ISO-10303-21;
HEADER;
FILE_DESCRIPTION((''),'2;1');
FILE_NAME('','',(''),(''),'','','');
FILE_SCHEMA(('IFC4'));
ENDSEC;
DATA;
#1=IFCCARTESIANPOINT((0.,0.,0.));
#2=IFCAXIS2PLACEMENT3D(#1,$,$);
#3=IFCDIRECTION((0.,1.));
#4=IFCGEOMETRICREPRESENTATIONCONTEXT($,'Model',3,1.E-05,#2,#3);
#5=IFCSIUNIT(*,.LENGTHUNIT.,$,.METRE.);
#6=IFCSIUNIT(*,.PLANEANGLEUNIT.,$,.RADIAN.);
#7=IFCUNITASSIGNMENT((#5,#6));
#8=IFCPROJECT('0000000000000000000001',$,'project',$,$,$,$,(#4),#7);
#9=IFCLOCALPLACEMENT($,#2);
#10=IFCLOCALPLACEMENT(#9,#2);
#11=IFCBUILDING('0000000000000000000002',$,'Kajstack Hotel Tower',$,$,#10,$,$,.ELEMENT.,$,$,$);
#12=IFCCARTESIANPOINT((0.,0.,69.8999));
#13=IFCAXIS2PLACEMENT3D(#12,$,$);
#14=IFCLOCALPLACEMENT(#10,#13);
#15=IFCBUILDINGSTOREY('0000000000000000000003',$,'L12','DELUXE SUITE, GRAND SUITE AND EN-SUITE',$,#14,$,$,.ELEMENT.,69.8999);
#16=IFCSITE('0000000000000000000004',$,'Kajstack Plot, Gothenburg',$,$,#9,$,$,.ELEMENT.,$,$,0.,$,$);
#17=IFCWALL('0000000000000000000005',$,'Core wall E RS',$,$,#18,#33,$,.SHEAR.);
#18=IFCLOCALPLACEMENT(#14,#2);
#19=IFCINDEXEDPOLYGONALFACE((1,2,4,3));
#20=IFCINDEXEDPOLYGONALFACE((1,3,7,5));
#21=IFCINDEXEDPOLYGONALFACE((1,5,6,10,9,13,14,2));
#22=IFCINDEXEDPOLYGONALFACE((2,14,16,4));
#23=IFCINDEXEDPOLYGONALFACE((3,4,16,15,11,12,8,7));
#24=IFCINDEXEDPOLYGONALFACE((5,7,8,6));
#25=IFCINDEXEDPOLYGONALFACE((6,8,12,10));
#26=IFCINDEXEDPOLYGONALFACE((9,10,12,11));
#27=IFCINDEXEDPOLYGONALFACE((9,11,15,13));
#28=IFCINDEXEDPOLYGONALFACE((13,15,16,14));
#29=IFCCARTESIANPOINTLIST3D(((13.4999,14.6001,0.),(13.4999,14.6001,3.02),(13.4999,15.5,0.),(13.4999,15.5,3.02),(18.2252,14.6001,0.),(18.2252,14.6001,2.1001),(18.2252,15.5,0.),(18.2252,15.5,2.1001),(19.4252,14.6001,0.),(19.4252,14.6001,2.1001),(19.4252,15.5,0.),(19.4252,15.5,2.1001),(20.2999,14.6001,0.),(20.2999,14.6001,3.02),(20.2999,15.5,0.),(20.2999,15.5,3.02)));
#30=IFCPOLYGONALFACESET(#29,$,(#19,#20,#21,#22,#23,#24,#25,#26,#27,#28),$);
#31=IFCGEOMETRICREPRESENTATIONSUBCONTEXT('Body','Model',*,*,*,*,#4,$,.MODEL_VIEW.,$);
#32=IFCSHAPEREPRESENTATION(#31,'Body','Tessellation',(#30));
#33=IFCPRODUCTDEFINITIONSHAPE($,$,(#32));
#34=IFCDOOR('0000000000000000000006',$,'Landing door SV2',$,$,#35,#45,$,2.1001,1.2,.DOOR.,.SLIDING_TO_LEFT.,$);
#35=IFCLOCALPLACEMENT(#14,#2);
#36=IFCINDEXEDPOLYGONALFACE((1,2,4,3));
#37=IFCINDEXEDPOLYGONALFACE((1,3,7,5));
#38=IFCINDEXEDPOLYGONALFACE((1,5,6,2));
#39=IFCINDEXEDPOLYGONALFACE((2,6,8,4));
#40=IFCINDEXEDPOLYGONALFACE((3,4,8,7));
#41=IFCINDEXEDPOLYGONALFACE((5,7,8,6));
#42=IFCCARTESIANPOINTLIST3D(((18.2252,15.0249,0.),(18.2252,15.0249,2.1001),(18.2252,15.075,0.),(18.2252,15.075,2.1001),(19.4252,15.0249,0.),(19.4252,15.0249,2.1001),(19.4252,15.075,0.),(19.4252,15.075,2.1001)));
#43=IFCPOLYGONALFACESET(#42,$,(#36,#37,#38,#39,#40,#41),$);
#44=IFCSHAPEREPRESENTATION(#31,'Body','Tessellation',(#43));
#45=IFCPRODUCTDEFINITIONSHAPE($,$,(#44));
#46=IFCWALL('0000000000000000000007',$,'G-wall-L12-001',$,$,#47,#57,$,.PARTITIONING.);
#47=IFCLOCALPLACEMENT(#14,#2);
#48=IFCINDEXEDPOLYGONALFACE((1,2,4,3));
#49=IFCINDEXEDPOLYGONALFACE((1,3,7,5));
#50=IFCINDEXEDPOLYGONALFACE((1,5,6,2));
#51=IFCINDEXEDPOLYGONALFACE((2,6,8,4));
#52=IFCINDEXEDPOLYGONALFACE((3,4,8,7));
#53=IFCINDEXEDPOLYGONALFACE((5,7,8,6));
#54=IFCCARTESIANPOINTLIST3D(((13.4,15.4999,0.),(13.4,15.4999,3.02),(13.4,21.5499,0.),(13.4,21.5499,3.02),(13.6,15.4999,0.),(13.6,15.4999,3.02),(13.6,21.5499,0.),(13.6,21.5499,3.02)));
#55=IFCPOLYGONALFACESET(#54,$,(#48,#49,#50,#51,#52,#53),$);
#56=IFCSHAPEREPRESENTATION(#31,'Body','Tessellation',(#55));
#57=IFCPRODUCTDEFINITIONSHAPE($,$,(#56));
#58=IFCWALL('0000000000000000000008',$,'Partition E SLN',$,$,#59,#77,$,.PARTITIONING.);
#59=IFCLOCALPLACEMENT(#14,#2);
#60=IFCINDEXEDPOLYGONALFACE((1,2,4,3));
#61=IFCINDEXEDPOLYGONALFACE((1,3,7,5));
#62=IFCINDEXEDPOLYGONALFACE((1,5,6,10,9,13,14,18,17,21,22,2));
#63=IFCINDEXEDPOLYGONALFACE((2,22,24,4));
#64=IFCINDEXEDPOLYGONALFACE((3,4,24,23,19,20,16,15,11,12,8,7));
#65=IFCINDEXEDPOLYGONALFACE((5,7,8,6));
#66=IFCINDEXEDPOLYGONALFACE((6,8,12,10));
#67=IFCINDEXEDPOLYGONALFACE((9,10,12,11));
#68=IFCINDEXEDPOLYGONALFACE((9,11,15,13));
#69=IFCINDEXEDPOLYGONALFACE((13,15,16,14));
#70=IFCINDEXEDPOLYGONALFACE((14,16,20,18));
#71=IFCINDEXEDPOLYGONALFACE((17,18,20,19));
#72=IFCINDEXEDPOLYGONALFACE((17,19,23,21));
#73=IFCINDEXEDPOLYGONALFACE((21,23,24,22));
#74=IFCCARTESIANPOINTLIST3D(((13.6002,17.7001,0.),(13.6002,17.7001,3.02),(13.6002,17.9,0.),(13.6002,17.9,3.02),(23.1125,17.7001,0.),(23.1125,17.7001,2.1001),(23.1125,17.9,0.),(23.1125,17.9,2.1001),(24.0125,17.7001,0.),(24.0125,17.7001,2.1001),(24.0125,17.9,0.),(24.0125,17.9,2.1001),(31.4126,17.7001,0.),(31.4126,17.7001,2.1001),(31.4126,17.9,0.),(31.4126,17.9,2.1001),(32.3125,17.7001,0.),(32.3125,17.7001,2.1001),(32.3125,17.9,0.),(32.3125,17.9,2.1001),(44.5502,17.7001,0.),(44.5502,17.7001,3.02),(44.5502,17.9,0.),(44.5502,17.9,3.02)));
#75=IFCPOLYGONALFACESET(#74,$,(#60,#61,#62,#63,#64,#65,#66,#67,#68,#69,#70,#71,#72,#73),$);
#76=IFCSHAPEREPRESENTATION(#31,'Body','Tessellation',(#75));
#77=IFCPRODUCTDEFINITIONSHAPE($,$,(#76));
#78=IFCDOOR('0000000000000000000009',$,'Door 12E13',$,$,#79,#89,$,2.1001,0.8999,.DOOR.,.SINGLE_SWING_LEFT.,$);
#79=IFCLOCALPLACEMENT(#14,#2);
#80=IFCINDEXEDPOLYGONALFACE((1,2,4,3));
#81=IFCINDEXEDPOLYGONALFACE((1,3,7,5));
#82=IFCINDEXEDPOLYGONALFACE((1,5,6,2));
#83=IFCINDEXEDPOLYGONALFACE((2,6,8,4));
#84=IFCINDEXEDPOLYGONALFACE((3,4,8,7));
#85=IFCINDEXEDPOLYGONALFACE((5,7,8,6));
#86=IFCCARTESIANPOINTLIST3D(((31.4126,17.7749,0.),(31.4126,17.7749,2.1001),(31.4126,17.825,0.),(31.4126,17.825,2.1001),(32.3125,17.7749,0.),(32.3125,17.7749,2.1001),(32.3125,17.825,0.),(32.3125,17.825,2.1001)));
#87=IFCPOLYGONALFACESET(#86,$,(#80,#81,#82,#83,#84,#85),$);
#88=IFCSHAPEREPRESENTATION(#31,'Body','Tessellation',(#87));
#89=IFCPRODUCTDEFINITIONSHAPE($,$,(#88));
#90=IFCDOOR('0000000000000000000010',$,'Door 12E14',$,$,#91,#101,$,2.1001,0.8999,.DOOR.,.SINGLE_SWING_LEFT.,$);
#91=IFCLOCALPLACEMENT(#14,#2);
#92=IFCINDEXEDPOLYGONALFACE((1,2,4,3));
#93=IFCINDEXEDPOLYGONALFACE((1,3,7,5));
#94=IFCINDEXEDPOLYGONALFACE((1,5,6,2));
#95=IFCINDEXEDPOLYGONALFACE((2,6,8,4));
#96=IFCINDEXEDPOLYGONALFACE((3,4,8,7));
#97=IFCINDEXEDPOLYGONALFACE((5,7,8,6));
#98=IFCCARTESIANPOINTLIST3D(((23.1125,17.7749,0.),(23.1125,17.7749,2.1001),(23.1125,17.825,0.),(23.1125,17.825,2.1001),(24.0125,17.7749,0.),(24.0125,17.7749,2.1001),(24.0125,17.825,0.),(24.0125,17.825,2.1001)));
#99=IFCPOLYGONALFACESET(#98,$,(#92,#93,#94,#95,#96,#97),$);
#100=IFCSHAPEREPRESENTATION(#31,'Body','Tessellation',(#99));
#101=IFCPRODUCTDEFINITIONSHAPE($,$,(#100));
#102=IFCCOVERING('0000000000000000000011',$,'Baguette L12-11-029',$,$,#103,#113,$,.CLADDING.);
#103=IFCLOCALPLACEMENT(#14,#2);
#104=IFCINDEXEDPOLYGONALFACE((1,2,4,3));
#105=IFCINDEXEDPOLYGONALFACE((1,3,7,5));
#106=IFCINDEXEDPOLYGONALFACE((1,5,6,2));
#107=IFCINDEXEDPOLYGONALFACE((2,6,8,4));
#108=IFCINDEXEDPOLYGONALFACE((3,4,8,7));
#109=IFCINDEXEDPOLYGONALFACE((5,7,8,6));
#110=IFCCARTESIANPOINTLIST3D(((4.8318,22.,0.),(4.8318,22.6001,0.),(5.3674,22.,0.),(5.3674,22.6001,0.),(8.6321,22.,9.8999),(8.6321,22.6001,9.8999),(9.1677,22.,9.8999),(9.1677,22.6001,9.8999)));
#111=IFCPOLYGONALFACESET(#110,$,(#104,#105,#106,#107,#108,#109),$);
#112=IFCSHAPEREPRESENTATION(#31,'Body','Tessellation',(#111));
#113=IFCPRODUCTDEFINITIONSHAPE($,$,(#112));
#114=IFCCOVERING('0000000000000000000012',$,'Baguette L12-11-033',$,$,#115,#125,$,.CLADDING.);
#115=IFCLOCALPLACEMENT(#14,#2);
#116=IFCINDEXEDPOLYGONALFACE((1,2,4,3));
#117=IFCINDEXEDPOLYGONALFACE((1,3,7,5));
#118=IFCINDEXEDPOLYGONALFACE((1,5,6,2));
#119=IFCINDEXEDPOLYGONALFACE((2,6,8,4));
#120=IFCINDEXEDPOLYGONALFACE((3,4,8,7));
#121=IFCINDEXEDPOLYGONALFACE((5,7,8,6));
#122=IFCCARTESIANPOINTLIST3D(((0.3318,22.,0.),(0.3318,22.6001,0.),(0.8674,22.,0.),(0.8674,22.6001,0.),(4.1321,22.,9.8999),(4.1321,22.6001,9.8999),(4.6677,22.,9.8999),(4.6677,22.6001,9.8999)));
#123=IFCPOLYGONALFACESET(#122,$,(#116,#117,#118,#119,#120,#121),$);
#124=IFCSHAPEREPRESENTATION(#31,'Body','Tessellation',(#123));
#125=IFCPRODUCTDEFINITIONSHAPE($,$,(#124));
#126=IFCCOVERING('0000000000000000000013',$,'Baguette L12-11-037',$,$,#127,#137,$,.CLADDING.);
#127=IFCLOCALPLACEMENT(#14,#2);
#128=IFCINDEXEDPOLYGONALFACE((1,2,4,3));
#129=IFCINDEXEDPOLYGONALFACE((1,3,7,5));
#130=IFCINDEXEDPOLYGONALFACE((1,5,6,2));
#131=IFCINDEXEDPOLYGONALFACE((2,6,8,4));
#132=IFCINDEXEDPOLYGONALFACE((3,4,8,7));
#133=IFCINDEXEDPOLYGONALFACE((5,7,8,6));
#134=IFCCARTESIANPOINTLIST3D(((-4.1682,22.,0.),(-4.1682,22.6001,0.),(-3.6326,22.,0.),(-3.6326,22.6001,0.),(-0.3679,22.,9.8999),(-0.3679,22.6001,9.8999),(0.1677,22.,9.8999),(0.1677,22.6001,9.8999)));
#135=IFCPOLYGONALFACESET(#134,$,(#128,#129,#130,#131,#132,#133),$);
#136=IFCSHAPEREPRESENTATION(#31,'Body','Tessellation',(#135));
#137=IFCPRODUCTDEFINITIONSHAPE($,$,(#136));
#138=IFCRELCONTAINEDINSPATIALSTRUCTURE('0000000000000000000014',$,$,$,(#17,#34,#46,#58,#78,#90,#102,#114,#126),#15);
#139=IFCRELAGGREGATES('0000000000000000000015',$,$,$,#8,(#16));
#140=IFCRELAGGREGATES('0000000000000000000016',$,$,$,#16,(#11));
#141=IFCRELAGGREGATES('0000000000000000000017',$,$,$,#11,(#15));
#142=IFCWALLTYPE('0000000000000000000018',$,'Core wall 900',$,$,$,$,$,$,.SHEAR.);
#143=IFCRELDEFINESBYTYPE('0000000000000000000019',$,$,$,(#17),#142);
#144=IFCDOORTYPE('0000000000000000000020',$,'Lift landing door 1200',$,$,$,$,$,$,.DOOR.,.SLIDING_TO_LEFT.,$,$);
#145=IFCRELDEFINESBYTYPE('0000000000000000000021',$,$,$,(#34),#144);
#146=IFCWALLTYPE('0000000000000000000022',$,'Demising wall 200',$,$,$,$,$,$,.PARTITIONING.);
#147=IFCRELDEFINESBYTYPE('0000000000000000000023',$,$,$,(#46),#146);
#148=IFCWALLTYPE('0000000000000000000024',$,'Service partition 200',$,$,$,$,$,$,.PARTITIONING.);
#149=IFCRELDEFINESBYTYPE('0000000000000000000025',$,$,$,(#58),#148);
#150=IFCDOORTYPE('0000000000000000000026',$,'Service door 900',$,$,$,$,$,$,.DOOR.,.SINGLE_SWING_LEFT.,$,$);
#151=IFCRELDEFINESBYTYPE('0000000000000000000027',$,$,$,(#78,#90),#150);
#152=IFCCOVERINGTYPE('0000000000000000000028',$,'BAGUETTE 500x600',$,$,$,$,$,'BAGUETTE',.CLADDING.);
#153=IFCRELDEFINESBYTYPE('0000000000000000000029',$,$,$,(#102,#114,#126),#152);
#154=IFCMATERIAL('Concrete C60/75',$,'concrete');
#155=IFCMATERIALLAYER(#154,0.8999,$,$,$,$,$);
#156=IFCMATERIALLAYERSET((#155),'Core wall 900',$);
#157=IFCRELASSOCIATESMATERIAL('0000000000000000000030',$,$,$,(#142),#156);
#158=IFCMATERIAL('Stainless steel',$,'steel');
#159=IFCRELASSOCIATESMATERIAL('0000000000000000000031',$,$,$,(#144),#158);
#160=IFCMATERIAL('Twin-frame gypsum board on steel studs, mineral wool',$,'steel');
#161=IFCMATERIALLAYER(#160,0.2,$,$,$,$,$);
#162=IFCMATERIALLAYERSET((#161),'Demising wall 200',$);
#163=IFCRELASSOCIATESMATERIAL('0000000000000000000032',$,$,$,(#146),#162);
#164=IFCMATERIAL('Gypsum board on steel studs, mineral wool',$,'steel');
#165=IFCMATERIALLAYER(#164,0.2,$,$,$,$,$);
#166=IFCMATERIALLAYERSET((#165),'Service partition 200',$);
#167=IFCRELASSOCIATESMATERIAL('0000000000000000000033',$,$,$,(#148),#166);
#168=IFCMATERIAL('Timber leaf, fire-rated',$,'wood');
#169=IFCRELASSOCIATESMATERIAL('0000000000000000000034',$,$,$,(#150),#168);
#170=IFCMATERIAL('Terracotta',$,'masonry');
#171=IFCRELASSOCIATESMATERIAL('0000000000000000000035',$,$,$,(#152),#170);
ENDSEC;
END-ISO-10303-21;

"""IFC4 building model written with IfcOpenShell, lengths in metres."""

from ifc_helpers import new_model, si_unit, direction, frame, frame_2d, origin, origin_2d, place, context, subcontext, project, spatial, polyline, rectangle, outline, extrude, material, layer, layer_set, material_profile, profile_set, type_object, element, fill, save


model = new_model("IFC4")

# Units and contexts
model_context = context("Model", 3, precision=1e-05, world=origin(), true_north=direction((0.0, 1.0)))
body_context = subcontext(model_context, "Body", "Model", "MODEL_VIEW")
ifc_project = project(units=[si_unit("LENGTHUNIT", "METRE"), si_unit("PLANEANGLEUNIT", "RADIAN")], contexts=[model_context])

# Site, building, storey
site_placement = place(None, origin())
site = spatial("IfcSite", under=ifc_project, at=site_placement, Name="Kajstack Plot, Gothenburg", CompositionType="ELEMENT", RefElevation=0.0)
building_placement = place(site_placement, origin())
building = spatial("IfcBuilding", under=site, at=building_placement, Name="Kajstack Hotel Tower", CompositionType="ELEMENT")
storey_placement = place(building_placement, frame((0.0, 0.0, 69.8999)))
storey = spatial("IfcBuildingStorey", under=building, at=storey_placement, Name="L12", Description="DELUXE SUITE, GRAND SUITE AND EN-SUITE", CompositionType="ELEMENT", Elevation=69.8999)

# Wall, opening, door
ifc_material_1 = material(Name="Concrete C60/75", Category="concrete")
ifc_layer_1 = layer(ifc_material_1, 0.8999)
ifc_layer_set_1 = layer_set([ifc_layer_1], Name="Core wall 900")
wall_type_1 = type_object("IfcWallType", Name="Core wall 900", PredefinedType="SHEAR", material=ifc_layer_set_1)
wall_1_placement = place(storey_placement, frame((13.5, 15.05, 0.0), z_axis=(0.0, 0.0, 1.0), x_axis=(1.0, 0.0, 0.0)))
wall_1 = element("IfcWall", 1, at=wall_1_placement, inside=storey, type_object=wall_type_1, Name="Core wall E RS", PredefinedType="SHEAR", context=body_context, shape_type="SweptSolid", body=[
    extrude(rectangle(XDim=6.8, YDim=0.8999, at=frame_2d((3.3999, 0.0))), origin(), (0.0, 0.0, 1.0), 3.02),
])
opening_1_placement = place(wall_1_placement, frame((4.7251, 0.0, 0.0)))
opening_1 = element("IfcOpeningElement", 2, at=opening_1_placement, cuts=wall_1, PredefinedType="OPENING", context=body_context, shape_type="SweptSolid", body=[
    extrude(rectangle(XDim=1.2, YDim=2.1001, at=frame_2d((0.6001, 1.05))), frame((0.0, 0.46, 0.0), z_axis=(0.0, -1.0, 0.0), x_axis=(1.0, 0.0, 0.0)), (0.0, 0.0, 1.0), 0.9199),
])
ifc_material_2 = material(Name="Stainless steel", Category="steel")
door_type_1 = type_object("IfcDoorType", Name="Lift landing door 1200", OperationType="SLIDING_TO_LEFT", PredefinedType="DOOR", material=ifc_material_2)
door_1_placement = place(opening_1_placement, origin())
door_1 = element("IfcDoor", 3, at=door_1_placement, inside=storey, type_object=door_type_1, Name="Landing door SV2", OperationType="SLIDING_TO_LEFT", OverallHeight=2.1001, OverallWidth=1.2, PredefinedType="DOOR", context=body_context, shape_type="SweptSolid", body=[
    extrude(rectangle(XDim=1.2, YDim=2.1001, at=frame_2d((0.6001, 1.05))), frame((0.0, 0.0249, 0.0), z_axis=(0.0, -1.0, 0.0), x_axis=(1.0, 0.0, 0.0)), (0.0, 0.0, 1.0), 0.05),
])
fill(opening_1, door_1)

# Wall
ifc_material_3 = material(Name="Twin-frame gypsum board on steel studs, mineral wool", Category="steel")
ifc_layer_2 = layer(ifc_material_3, 0.2)
ifc_layer_set_2 = layer_set([ifc_layer_2], Name="Demising wall 200")
wall_type_2 = type_object("IfcWallType", Name="Demising wall 200", PredefinedType="PARTITIONING", material=ifc_layer_set_2)
wall_2_placement = place(storey_placement, frame((13.5, 15.5, 0.0), z_axis=(0.0, 0.0, 1.0), x_axis=(0.0, 1.0, 0.0)))
element("IfcWall", 4, at=wall_2_placement, inside=storey, type_object=wall_type_2, Name="G-wall-L12-001", PredefinedType="PARTITIONING", context=body_context, shape_type="SweptSolid", body=[
    extrude(rectangle(XDim=6.05, YDim=0.2, at=frame_2d((3.0249, 0.0))), origin(), (0.0, 0.0, 1.0), 3.02),
])

# Wall, openings, doors
ifc_material_4 = material(Name="Gypsum board on steel studs, mineral wool", Category="steel")
ifc_layer_3 = layer(ifc_material_4, 0.2)
ifc_layer_set_3 = layer_set([ifc_layer_3], Name="Service partition 200")
wall_type_3 = type_object("IfcWallType", Name="Service partition 200", PredefinedType="PARTITIONING", material=ifc_layer_set_3)
wall_3_placement = place(storey_placement, frame((13.6001, 17.8, 0.0), z_axis=(0.0, 0.0, 1.0), x_axis=(1.0, 0.0, 0.0)))
wall_3 = element("IfcWall", 5, at=wall_3_placement, inside=storey, type_object=wall_type_3, Name="Partition E SLN", PredefinedType="PARTITIONING", context=body_context, shape_type="SweptSolid", body=[
    extrude(rectangle(XDim=30.95, YDim=0.2, at=frame_2d((15.4751, 0.0))), origin(), (0.0, 0.0, 1.0), 3.02),
])
opening_2_placement = place(wall_3_placement, frame((17.8125, 0.0, 0.0)))
opening_2 = element("IfcOpeningElement", 6, at=opening_2_placement, cuts=wall_3, PredefinedType="OPENING", context=body_context, shape_type="SweptSolid", body=[
    extrude(rectangle(XDim=0.8999, YDim=2.1001, at=frame_2d((0.45, 1.05))), frame((0.0, 0.1099, 0.0), z_axis=(0.0, -1.0, 0.0), x_axis=(1.0, 0.0, 0.0)), (0.0, 0.0, 1.0), 0.22),
])
opening_3_placement = place(wall_3_placement, frame((9.5125, 0.0, 0.0)))
opening_3 = element("IfcOpeningElement", 7, at=opening_3_placement, cuts=wall_3, PredefinedType="OPENING", context=body_context, shape_type="SweptSolid", body=[
    extrude(rectangle(XDim=0.8999, YDim=2.1001, at=frame_2d((0.45, 1.05))), frame((0.0, 0.1099, 0.0), z_axis=(0.0, -1.0, 0.0), x_axis=(1.0, 0.0, 0.0)), (0.0, 0.0, 1.0), 0.22),
])
ifc_material_5 = material(Name="Timber leaf, fire-rated", Category="wood")
door_type_2 = type_object("IfcDoorType", Name="Service door 900", OperationType="SINGLE_SWING_LEFT", PredefinedType="DOOR", material=ifc_material_5)
door_2_placement = place(opening_2_placement, origin())
door_2 = element("IfcDoor", 8, at=door_2_placement, inside=storey, type_object=door_type_2, Name="Door 12E13", OperationType="SINGLE_SWING_LEFT", OverallHeight=2.1001, OverallWidth=0.8999, PredefinedType="DOOR", context=body_context, shape_type="SweptSolid", body=[
    extrude(rectangle(XDim=0.8999, YDim=2.1001, at=frame_2d((0.45, 1.05))), frame((0.0, 0.0249, 0.0), z_axis=(0.0, -1.0, 0.0), x_axis=(1.0, 0.0, 0.0)), (0.0, 0.0, 1.0), 0.05),
])
fill(opening_2, door_2)
door_3_placement = place(opening_3_placement, origin())
door_3 = element("IfcDoor", 9, at=door_3_placement, inside=storey, type_object=door_type_2, Name="Door 12E14", OperationType="SINGLE_SWING_LEFT", OverallHeight=2.1001, OverallWidth=0.8999, PredefinedType="DOOR", context=body_context, shape_type="SweptSolid", body=[
    extrude(rectangle(XDim=0.8999, YDim=2.1001, at=frame_2d((0.45, 1.05))), frame((0.0, 0.0249, 0.0), z_axis=(0.0, -1.0, 0.0), x_axis=(1.0, 0.0, 0.0)), (0.0, 0.0, 1.0), 0.05),
])
fill(opening_3, door_3)

# Coverings
ifc_material_6 = material(Name="Terracotta", Category="masonry")
ifc_material_profile = material_profile(ifc_material_6, rectangle(XDim=0.6001, YDim=0.5, at=origin_2d()), Name="Terracotta-clad concrete baguette 500 x 600")
ifc_profile_set = profile_set([ifc_material_profile], Name="Terracotta")
covering_type = type_object("IfcCoveringType", Name="BAGUETTE 500x600", ElementType="BAGUETTE", PredefinedType="CLADDING", material=ifc_profile_set)
for number, where, z_axis, x_axis, name in (
    (10, (9.1677, 22.0, 0.0), (0.0, 1.0, 0.0), (-1.0, 0.0, 0.0), "Baguette L12-11-029"),
    (11, (4.6677, 22.0, 0.0), (0.0, 1.0, 0.0), (-1.0, 0.0, 0.0), "Baguette L12-11-033"),
    (12, (0.1677, 22.0, 0.0), (0.0, 1.0, 0.0), (-1.0, 0.0, 0.0), "Baguette L12-11-037"),
):
    element("IfcCovering", number, at=place(storey_placement, frame(where, z_axis=z_axis, x_axis=x_axis)), inside=storey, type_object=covering_type, Name=name, PredefinedType="CLADDING", context=body_context, shape_type="SweptSolid", body=[
        extrude(outline(polyline([(0.0, 9.8999), (3.8003, 0.0), (4.3359, 0.0), (0.5356, 9.8999), (0.0, 9.8999)])), origin(), (0.0, 0.0, 1.0), 0.6001),
    ])

save(model, "model.ifc")
